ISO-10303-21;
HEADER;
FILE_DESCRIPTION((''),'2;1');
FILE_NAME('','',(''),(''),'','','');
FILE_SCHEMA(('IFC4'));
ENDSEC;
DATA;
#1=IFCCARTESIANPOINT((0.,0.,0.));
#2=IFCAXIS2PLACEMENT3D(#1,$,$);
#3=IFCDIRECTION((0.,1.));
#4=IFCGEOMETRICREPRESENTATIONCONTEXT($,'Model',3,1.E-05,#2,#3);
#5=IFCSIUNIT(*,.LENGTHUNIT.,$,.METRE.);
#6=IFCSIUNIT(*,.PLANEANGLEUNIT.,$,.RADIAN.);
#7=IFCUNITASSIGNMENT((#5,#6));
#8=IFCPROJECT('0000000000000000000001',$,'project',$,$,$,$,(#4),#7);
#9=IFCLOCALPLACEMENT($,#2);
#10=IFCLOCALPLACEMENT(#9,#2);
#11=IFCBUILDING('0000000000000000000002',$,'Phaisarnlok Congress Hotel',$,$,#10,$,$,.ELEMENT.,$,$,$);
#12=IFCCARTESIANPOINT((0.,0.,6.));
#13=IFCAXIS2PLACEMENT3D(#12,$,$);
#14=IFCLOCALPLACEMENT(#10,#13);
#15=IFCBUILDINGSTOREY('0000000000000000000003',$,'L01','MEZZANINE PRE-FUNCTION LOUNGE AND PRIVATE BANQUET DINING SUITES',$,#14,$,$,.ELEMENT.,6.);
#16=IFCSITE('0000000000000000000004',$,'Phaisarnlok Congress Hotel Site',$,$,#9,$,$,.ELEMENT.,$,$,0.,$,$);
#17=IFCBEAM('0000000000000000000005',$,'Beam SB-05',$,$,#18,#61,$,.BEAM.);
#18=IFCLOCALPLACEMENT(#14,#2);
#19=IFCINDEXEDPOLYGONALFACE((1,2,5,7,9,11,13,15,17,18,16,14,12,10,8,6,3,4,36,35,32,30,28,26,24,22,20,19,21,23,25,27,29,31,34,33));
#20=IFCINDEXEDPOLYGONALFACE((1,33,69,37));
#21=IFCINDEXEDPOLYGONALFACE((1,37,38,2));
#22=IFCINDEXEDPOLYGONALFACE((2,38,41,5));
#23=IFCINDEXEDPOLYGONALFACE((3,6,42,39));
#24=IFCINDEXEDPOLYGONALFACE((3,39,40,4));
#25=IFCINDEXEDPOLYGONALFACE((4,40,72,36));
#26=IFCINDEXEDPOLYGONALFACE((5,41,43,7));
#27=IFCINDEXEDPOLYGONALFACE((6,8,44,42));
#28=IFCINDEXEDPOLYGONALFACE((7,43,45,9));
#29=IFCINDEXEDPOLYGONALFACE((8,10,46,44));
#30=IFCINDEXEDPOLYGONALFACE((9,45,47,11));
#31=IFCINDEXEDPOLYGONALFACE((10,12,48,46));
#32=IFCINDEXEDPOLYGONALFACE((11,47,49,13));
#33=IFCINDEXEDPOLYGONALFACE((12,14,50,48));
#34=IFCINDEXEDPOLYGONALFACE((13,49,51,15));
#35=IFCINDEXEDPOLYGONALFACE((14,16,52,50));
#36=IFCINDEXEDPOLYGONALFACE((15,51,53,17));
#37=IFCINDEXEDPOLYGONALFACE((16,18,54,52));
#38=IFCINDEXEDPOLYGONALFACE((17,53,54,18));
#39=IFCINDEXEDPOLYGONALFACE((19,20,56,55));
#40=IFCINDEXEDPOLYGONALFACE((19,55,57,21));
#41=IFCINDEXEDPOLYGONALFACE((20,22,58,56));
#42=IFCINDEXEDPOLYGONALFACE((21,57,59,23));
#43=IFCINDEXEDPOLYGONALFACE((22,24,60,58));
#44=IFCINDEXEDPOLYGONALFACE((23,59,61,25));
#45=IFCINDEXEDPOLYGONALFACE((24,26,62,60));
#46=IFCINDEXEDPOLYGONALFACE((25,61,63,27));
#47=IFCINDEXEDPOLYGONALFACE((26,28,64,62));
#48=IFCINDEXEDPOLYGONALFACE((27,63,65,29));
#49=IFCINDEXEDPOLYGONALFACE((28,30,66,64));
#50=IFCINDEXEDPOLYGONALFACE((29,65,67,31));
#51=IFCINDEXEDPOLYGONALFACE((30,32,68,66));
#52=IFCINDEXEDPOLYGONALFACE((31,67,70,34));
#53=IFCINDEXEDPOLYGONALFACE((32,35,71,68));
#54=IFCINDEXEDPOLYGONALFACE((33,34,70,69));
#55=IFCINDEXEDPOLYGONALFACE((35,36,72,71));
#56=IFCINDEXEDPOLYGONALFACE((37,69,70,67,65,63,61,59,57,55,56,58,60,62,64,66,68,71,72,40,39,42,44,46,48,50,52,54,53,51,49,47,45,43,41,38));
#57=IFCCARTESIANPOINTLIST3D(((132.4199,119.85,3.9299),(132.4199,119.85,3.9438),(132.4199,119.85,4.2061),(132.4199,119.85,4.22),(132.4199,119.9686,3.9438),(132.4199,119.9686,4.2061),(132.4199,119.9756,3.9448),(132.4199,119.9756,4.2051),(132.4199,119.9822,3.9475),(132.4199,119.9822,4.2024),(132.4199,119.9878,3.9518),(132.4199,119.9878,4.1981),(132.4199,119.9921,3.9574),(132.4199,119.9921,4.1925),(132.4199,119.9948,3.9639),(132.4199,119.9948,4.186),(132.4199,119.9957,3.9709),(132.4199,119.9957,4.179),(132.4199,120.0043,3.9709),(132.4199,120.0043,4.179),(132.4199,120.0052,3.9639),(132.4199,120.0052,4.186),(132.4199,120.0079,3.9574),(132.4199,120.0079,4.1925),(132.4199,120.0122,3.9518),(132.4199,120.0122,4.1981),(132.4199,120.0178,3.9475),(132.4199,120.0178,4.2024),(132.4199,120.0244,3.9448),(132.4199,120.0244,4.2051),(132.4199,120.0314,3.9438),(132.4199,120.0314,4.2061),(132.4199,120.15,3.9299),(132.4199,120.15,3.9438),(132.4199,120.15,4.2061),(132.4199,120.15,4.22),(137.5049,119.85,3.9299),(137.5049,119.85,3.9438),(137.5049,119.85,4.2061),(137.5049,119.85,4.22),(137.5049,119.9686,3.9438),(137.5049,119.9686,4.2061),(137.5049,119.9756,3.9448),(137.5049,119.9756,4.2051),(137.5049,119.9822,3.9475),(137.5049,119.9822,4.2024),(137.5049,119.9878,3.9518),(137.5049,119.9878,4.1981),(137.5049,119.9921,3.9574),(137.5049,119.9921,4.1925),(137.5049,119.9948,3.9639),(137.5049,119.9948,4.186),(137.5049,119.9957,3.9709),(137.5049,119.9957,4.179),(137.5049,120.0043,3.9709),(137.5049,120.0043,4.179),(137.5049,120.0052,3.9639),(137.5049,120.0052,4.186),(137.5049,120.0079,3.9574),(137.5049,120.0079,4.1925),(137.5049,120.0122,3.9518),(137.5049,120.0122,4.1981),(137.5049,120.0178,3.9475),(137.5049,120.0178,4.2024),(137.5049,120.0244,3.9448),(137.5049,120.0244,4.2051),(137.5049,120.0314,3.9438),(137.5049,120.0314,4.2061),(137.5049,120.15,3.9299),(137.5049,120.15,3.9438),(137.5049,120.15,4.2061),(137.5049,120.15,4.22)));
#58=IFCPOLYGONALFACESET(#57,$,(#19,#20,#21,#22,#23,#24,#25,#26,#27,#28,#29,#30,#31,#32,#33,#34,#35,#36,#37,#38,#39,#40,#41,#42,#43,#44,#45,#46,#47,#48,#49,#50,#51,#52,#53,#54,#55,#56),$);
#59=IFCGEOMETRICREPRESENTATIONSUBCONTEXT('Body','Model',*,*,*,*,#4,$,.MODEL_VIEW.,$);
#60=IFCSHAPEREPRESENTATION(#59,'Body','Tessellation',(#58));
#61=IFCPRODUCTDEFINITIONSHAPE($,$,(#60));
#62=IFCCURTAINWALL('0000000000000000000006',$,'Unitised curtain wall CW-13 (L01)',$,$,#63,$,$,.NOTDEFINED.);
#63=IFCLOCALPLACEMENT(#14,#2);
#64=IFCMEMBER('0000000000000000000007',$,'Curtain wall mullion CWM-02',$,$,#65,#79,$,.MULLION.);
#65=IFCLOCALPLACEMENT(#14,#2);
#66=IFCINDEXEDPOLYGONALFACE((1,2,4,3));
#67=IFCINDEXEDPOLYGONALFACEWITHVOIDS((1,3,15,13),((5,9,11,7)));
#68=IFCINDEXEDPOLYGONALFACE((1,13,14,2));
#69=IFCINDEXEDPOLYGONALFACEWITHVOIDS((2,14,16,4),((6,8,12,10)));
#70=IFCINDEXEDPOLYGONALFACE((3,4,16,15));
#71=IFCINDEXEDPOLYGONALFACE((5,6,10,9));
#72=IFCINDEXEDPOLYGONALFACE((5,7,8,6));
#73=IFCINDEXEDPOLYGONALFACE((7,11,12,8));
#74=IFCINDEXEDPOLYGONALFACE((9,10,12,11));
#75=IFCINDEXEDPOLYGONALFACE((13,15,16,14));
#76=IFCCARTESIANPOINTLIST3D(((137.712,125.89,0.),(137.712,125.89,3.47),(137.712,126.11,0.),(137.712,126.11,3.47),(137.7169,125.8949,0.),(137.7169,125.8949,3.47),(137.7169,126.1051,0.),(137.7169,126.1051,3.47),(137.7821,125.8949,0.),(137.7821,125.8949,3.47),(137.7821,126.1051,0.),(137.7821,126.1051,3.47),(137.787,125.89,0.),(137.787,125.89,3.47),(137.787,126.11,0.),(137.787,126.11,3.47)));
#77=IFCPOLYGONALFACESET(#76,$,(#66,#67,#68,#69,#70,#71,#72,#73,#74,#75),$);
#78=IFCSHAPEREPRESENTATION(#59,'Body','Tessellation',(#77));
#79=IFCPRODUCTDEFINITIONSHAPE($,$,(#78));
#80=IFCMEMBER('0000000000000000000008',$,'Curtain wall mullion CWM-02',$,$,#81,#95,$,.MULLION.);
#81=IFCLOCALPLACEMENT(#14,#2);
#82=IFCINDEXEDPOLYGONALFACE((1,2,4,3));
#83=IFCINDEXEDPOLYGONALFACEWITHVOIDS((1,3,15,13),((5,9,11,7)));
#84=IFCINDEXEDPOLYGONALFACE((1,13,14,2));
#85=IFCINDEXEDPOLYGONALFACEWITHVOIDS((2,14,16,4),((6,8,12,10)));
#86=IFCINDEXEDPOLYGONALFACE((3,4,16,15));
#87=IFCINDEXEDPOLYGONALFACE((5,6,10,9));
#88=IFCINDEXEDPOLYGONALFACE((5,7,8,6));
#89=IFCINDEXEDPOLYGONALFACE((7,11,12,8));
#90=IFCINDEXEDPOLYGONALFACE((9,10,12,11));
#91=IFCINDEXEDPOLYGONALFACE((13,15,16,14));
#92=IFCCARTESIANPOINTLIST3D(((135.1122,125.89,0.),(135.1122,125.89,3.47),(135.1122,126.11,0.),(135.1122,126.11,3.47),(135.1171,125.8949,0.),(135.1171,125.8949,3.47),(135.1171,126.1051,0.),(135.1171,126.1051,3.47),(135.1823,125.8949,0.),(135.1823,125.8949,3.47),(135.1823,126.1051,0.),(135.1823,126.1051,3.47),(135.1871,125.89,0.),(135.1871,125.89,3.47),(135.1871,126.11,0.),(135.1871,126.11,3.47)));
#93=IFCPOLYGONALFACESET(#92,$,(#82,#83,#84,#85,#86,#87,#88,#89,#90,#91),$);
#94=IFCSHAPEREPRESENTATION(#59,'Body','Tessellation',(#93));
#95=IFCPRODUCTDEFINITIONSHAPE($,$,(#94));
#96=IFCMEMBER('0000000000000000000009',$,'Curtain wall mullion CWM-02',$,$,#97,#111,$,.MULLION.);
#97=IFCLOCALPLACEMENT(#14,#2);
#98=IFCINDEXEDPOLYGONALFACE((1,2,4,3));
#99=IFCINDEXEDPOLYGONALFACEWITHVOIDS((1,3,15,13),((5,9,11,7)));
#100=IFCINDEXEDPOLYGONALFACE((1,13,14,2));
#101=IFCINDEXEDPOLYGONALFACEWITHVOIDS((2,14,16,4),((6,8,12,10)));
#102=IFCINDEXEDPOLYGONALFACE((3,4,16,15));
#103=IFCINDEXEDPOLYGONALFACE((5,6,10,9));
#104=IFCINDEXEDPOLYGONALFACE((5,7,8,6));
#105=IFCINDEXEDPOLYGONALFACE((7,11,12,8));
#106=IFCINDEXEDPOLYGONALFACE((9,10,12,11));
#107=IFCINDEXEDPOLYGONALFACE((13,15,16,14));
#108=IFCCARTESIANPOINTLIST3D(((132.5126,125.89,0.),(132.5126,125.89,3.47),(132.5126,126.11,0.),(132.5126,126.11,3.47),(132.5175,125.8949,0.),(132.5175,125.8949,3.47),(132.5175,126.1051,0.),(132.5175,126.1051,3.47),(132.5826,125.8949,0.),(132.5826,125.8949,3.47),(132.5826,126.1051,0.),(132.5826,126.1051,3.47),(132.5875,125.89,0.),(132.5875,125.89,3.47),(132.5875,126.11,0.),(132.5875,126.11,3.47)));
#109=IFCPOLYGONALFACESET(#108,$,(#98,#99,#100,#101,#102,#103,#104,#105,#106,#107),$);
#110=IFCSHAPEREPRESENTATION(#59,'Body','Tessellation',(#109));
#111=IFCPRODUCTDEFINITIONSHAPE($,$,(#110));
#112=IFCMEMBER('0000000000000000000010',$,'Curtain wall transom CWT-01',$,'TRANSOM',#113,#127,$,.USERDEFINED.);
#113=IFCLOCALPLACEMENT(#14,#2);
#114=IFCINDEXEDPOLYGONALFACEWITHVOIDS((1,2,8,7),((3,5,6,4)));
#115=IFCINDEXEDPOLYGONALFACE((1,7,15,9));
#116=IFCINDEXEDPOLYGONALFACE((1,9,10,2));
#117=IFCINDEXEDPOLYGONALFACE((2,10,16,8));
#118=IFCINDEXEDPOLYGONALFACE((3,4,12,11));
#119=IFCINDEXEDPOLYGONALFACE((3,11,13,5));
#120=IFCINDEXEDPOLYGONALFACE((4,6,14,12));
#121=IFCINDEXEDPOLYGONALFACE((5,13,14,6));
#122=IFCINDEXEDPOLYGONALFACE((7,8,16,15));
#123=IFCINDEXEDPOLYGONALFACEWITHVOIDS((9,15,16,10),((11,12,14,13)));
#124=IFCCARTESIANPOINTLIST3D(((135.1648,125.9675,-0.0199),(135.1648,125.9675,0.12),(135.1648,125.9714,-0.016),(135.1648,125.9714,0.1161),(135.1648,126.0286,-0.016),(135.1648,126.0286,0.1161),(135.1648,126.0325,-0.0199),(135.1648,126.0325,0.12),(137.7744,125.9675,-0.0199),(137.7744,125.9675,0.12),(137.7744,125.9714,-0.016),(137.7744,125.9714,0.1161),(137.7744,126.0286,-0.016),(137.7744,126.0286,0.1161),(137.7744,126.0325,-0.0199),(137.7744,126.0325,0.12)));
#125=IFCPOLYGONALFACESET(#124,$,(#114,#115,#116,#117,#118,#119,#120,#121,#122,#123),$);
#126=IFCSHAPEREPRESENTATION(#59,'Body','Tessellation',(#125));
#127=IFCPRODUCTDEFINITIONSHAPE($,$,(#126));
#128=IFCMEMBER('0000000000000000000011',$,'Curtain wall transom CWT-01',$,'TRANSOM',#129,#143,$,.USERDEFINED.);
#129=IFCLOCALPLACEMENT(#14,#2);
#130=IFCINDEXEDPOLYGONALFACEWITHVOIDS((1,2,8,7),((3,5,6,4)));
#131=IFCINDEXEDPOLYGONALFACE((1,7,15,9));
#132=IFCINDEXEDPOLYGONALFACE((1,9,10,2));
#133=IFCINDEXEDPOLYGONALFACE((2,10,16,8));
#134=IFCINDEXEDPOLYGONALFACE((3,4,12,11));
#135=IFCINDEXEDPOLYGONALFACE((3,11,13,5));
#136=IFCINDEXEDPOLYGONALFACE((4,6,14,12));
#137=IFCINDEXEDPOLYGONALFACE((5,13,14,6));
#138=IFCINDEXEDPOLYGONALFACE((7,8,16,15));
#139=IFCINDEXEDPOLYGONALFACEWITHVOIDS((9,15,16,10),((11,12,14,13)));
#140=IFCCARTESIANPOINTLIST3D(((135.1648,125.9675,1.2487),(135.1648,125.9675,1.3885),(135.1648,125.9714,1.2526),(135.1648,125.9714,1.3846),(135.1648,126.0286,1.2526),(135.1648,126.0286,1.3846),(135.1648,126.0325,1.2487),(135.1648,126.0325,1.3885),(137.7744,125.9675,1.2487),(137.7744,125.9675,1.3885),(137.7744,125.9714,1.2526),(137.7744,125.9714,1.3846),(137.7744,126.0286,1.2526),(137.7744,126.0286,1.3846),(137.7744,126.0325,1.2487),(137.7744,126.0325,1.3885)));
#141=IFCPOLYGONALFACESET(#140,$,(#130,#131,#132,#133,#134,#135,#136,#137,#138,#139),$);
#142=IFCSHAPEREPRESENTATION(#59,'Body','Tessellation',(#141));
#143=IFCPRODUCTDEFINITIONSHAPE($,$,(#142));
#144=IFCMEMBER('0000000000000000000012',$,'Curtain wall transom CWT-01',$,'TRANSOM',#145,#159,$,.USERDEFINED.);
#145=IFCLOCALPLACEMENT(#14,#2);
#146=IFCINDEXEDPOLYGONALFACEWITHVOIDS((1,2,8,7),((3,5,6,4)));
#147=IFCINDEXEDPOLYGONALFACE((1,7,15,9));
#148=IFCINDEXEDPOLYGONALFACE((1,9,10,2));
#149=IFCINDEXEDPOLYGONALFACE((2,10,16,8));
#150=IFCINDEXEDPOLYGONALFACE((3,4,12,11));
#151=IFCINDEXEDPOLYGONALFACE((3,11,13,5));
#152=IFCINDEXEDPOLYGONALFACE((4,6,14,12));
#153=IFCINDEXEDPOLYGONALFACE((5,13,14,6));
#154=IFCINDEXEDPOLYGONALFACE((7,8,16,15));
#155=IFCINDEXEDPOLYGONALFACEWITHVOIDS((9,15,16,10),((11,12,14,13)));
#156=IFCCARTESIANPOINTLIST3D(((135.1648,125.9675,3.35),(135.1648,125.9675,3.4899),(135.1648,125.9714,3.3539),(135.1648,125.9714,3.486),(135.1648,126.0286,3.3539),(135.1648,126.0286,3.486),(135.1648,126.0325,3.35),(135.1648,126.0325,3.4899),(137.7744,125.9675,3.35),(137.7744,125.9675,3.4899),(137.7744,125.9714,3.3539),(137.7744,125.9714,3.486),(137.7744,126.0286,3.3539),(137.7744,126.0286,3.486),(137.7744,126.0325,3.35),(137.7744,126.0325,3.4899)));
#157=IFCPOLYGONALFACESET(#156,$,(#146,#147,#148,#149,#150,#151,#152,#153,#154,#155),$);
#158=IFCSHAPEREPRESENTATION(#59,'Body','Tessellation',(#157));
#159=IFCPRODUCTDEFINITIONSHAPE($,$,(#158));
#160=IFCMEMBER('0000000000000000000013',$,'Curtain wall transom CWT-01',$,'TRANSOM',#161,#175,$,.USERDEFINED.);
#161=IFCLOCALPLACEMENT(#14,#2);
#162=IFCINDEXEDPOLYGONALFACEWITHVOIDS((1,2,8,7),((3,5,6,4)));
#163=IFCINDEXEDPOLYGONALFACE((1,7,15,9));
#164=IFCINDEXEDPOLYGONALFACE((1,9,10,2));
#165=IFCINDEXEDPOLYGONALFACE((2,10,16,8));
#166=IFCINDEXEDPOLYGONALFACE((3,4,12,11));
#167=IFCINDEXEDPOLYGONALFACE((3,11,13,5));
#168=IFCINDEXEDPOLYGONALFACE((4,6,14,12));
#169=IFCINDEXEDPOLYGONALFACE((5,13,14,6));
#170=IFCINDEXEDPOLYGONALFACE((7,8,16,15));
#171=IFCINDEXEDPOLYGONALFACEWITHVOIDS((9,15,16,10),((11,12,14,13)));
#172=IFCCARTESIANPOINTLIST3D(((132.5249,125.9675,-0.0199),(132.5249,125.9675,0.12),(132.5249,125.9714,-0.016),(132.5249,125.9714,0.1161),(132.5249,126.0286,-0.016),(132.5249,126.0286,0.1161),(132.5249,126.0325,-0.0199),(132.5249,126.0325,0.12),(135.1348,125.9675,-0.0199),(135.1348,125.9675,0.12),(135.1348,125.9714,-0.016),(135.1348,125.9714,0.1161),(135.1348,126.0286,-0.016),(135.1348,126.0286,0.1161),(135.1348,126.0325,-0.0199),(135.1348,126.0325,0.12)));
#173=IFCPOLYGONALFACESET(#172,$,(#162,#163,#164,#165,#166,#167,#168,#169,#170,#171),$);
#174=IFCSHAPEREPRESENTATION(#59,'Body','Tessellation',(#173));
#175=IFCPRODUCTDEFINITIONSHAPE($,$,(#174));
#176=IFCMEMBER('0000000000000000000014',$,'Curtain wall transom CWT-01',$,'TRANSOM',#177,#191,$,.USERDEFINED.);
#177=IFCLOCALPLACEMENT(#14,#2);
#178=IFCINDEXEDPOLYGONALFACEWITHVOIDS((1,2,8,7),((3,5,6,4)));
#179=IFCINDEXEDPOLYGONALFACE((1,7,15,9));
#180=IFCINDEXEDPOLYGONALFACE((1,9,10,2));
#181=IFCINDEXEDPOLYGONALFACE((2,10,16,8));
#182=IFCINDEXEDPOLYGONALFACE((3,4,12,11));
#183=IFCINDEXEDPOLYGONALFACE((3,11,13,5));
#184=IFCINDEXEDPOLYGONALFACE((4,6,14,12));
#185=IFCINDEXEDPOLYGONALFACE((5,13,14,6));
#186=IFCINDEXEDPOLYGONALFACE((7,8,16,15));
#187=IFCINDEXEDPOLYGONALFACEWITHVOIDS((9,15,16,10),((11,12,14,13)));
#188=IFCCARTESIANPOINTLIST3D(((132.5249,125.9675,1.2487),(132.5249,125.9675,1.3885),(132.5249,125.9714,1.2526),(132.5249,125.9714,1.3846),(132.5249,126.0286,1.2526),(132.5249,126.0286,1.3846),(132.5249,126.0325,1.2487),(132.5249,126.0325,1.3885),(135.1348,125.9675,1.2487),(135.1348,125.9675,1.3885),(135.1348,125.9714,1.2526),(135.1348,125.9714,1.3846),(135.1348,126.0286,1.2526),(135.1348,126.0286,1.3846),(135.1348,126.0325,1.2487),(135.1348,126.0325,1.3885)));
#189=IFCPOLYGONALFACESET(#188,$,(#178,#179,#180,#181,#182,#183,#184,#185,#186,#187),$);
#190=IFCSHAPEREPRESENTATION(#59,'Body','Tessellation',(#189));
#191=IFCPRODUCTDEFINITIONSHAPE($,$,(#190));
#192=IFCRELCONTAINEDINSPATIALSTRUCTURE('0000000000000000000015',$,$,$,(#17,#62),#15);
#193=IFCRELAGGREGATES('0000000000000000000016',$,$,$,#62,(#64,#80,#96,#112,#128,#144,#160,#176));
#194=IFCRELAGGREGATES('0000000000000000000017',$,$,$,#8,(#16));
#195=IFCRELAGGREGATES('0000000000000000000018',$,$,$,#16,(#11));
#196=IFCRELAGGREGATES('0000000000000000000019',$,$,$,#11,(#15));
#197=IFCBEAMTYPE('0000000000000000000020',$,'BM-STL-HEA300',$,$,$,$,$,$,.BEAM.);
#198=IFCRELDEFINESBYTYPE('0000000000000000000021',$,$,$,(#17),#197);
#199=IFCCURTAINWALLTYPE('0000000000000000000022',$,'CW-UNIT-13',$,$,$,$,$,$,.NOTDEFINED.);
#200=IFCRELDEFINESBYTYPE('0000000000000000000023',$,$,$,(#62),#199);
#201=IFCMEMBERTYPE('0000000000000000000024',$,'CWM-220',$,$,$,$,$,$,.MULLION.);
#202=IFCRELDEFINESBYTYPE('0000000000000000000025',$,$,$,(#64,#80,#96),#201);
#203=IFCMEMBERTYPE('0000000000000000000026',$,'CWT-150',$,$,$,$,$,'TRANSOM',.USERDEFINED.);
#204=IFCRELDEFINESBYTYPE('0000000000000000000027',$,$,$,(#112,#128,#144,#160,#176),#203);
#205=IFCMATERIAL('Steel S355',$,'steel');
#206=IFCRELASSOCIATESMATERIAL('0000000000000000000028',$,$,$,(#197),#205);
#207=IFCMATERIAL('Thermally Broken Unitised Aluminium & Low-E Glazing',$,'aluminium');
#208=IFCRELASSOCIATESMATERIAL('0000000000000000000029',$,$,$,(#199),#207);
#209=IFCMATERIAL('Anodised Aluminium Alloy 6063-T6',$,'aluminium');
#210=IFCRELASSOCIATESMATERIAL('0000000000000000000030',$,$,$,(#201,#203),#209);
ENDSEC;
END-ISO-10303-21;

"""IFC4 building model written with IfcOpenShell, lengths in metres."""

from ifc_helpers import new_model, si_unit, direction, frame, origin, origin_2d, place, context, subcontext, project, spatial, hollow_rectangle, i_section, extrude, material, material_profile, profile_set, type_object, element, aggregate, save


model = new_model("IFC4")

# Units and contexts
model_context = context("Model", 3, precision=1e-05, world=origin(), true_north=direction((0.0, 1.0)))
body_context = subcontext(model_context, "Body", "Model", "MODEL_VIEW")
ifc_project = project(units=[si_unit("LENGTHUNIT", "METRE"), si_unit("PLANEANGLEUNIT", "RADIAN")], contexts=[model_context])

# Site, building, storey
site_placement = place(None, origin())
site = spatial("IfcSite", under=ifc_project, at=site_placement, Name="Phaisarnlok Congress Hotel Site", CompositionType="ELEMENT", RefElevation=0.0)
building_placement = place(site_placement, origin())
building = spatial("IfcBuilding", under=site, at=building_placement, Name="Phaisarnlok Congress Hotel", CompositionType="ELEMENT")
storey_placement = place(building_placement, frame((0.0, 0.0, 6.0)))
storey = spatial("IfcBuildingStorey", under=building, at=storey_placement, Name="L01", Description="MEZZANINE PRE-FUNCTION LOUNGE AND PRIVATE BANQUET DINING SUITES", CompositionType="ELEMENT", Elevation=6.0)

# Shared definitions
ifc_material_1 = material(Name="Steel S355", Category="steel")

# Beam
ifc_material_profile_1 = material_profile(ifc_material_1, i_section(OverallWidth=0.3, OverallDepth=0.29, WebThickness=0.0085, FlangeThickness=0.0139, FilletRadius=0.0271, at=origin_2d()), Name="HEA 300")
ifc_profile_set_1 = profile_set([ifc_material_profile_1], Name="Steel S355")
beam_type_1 = type_object("IfcBeamType", Name="BM-STL-HEA300", PredefinedType="BEAM", material=ifc_profile_set_1)
beam_1_placement = place(storey_placement, frame((132.4199, 120.0, 4.075), z_axis=(1.0, 0.0, 0.0), x_axis=(0.0, 1.0, 0.0)))
element("IfcBeam", 1, at=beam_1_placement, inside=storey, type_object=beam_type_1, Name="Beam SB-05", PredefinedType="BEAM", context=body_context, shape_type="SweptSolid", body=[
    extrude(i_section(OverallWidth=0.3, OverallDepth=0.29, WebThickness=0.0085, FlangeThickness=0.0139, FilletRadius=0.0271, at=origin_2d()), origin(), (0.0, 0.0, 1.0), 5.085),
])

# Curtain wall, members
ifc_material_2 = material(Name="Thermally Broken Unitised Aluminium & Low-E Glazing", Category="aluminium")
curtain_wall_type = type_object("IfcCurtainWallType", Name="CW-UNIT-13", PredefinedType="NOTDEFINED", material=ifc_material_2)
curtain_wall_placement = place(storey_placement, origin())
curtain_wall = element("IfcCurtainWall", 2, at=curtain_wall_placement, inside=storey, type_object=curtain_wall_type, Name="Unitised curtain wall CW-13 (L01)", PredefinedType="NOTDEFINED")
ifc_material_3 = material(Name="Anodised Aluminium Alloy 6063-T6", Category="aluminium")
ifc_material_profile_2 = material_profile(ifc_material_3, hollow_rectangle(XDim=0.075, YDim=0.22, WallThickness=0.0049, at=origin_2d()), Name="ALU-M 75x220x5")
ifc_profile_set_2 = profile_set([ifc_material_profile_2], Name="Anodised Aluminium Alloy 6063-T6")
member_type_1 = type_object("IfcMemberType", Name="CWM-220", PredefinedType="MULLION", material=ifc_profile_set_2)
member_1_placement = place(storey_placement, frame((137.7495, 126.0, 0.0), z_axis=(0.0, 0.0, 1.0), x_axis=(-1.0, 0.0, 0.0)))
member_1 = element("IfcMember", 3, at=member_1_placement, type_object=member_type_1, Name="Curtain wall mullion CWM-02", PredefinedType="MULLION", context=body_context, shape_type="SweptSolid", body=[
    extrude(hollow_rectangle(XDim=0.075, YDim=0.22, WallThickness=0.0049, at=origin_2d()), origin(), (0.0, 0.0, 1.0), 3.47),
])
member_2_placement = place(storey_placement, frame((135.1497, 126.0, 0.0), z_axis=(0.0, 0.0, 1.0), x_axis=(-1.0, 0.0, 0.0)))
member_2 = element("IfcMember", 4, at=member_2_placement, type_object=member_type_1, Name="Curtain wall mullion CWM-02", PredefinedType="MULLION", context=body_context, shape_type="SweptSolid", body=[
    extrude(hollow_rectangle(XDim=0.075, YDim=0.22, WallThickness=0.0049, at=origin_2d()), origin(), (0.0, 0.0, 1.0), 3.47),
])
member_3_placement = place(storey_placement, frame((132.55, 126.0, 0.0), z_axis=(0.0, 0.0, 1.0), x_axis=(-1.0, 0.0, 0.0)))
member_3 = element("IfcMember", 5, at=member_3_placement, type_object=member_type_1, Name="Curtain wall mullion CWM-02", PredefinedType="MULLION", context=body_context, shape_type="SweptSolid", body=[
    extrude(hollow_rectangle(XDim=0.075, YDim=0.22, WallThickness=0.0049, at=origin_2d()), origin(), (0.0, 0.0, 1.0), 3.47),
])
ifc_material_profile_3 = material_profile(ifc_material_3, hollow_rectangle(XDim=0.0649, YDim=0.1399, WallThickness=0.0039, at=origin_2d()), Name="ALU-T 65x140x4")
ifc_profile_set_3 = profile_set([ifc_material_profile_3], Name="Anodised Aluminium Alloy 6063-T6")
member_type_2 = type_object("IfcMemberType", Name="CWT-150", ElementType="TRANSOM", PredefinedType="USERDEFINED", material=ifc_profile_set_3)
member_4_placement = place(storey_placement, frame((137.7744, 126.0, 0.05), z_axis=(-1.0, 0.0, 0.0), x_axis=(0.0, -1.0, 0.0)))
member_4 = element("IfcMember", 6, at=member_4_placement, type_object=member_type_2, Name="Curtain wall transom CWT-01", ObjectType="TRANSOM", PredefinedType="USERDEFINED", context=body_context, shape_type="SweptSolid", body=[
    extrude(hollow_rectangle(XDim=0.0649, YDim=0.1399, WallThickness=0.0039, at=origin_2d()), origin(), (0.0, 0.0, 1.0), 2.6096),
])
member_5_placement = place(storey_placement, frame((137.7744, 126.0, 1.3186), z_axis=(-1.0, 0.0, 0.0), x_axis=(0.0, -1.0, 0.0)))
member_5 = element("IfcMember", 7, at=member_5_placement, type_object=member_type_2, Name="Curtain wall transom CWT-01", ObjectType="TRANSOM", PredefinedType="USERDEFINED", context=body_context, shape_type="SweptSolid", body=[
    extrude(hollow_rectangle(XDim=0.0649, YDim=0.1399, WallThickness=0.0039, at=origin_2d()), origin(), (0.0, 0.0, 1.0), 2.6096),
])
member_6_placement = place(storey_placement, frame((137.7744, 126.0, 3.4199), z_axis=(-1.0, 0.0, 0.0), x_axis=(0.0, -1.0, 0.0)))
member_6 = element("IfcMember", 8, at=member_6_placement, type_object=member_type_2, Name="Curtain wall transom CWT-01", ObjectType="TRANSOM", PredefinedType="USERDEFINED", context=body_context, shape_type="SweptSolid", body=[
    extrude(hollow_rectangle(XDim=0.0649, YDim=0.1399, WallThickness=0.0039, at=origin_2d()), origin(), (0.0, 0.0, 1.0), 2.6096),
])
member_7_placement = place(storey_placement, frame((135.1348, 126.0, 0.05), z_axis=(-1.0, 0.0, 0.0), x_axis=(0.0, -1.0, 0.0)))
member_7 = element("IfcMember", 9, at=member_7_placement, type_object=member_type_2, Name="Curtain wall transom CWT-01", ObjectType="TRANSOM", PredefinedType="USERDEFINED", context=body_context, shape_type="SweptSolid", body=[
    extrude(hollow_rectangle(XDim=0.0649, YDim=0.1399, WallThickness=0.0039, at=origin_2d()), origin(), (0.0, 0.0, 1.0), 2.6099),
])
member_8_placement = place(storey_placement, frame((135.1348, 126.0, 1.3186), z_axis=(-1.0, 0.0, 0.0), x_axis=(0.0, -1.0, 0.0)))
member_8 = element("IfcMember", 10, at=member_8_placement, type_object=member_type_2, Name="Curtain wall transom CWT-01", ObjectType="TRANSOM", PredefinedType="USERDEFINED", context=body_context, shape_type="SweptSolid", body=[
    extrude(hollow_rectangle(XDim=0.0649, YDim=0.1399, WallThickness=0.0039, at=origin_2d()), origin(), (0.0, 0.0, 1.0), 2.6099),
])

aggregate(curtain_wall, [member_1, member_2, member_3, member_4, member_5, member_6, member_7, member_8])

save(model, "model.ifc")
